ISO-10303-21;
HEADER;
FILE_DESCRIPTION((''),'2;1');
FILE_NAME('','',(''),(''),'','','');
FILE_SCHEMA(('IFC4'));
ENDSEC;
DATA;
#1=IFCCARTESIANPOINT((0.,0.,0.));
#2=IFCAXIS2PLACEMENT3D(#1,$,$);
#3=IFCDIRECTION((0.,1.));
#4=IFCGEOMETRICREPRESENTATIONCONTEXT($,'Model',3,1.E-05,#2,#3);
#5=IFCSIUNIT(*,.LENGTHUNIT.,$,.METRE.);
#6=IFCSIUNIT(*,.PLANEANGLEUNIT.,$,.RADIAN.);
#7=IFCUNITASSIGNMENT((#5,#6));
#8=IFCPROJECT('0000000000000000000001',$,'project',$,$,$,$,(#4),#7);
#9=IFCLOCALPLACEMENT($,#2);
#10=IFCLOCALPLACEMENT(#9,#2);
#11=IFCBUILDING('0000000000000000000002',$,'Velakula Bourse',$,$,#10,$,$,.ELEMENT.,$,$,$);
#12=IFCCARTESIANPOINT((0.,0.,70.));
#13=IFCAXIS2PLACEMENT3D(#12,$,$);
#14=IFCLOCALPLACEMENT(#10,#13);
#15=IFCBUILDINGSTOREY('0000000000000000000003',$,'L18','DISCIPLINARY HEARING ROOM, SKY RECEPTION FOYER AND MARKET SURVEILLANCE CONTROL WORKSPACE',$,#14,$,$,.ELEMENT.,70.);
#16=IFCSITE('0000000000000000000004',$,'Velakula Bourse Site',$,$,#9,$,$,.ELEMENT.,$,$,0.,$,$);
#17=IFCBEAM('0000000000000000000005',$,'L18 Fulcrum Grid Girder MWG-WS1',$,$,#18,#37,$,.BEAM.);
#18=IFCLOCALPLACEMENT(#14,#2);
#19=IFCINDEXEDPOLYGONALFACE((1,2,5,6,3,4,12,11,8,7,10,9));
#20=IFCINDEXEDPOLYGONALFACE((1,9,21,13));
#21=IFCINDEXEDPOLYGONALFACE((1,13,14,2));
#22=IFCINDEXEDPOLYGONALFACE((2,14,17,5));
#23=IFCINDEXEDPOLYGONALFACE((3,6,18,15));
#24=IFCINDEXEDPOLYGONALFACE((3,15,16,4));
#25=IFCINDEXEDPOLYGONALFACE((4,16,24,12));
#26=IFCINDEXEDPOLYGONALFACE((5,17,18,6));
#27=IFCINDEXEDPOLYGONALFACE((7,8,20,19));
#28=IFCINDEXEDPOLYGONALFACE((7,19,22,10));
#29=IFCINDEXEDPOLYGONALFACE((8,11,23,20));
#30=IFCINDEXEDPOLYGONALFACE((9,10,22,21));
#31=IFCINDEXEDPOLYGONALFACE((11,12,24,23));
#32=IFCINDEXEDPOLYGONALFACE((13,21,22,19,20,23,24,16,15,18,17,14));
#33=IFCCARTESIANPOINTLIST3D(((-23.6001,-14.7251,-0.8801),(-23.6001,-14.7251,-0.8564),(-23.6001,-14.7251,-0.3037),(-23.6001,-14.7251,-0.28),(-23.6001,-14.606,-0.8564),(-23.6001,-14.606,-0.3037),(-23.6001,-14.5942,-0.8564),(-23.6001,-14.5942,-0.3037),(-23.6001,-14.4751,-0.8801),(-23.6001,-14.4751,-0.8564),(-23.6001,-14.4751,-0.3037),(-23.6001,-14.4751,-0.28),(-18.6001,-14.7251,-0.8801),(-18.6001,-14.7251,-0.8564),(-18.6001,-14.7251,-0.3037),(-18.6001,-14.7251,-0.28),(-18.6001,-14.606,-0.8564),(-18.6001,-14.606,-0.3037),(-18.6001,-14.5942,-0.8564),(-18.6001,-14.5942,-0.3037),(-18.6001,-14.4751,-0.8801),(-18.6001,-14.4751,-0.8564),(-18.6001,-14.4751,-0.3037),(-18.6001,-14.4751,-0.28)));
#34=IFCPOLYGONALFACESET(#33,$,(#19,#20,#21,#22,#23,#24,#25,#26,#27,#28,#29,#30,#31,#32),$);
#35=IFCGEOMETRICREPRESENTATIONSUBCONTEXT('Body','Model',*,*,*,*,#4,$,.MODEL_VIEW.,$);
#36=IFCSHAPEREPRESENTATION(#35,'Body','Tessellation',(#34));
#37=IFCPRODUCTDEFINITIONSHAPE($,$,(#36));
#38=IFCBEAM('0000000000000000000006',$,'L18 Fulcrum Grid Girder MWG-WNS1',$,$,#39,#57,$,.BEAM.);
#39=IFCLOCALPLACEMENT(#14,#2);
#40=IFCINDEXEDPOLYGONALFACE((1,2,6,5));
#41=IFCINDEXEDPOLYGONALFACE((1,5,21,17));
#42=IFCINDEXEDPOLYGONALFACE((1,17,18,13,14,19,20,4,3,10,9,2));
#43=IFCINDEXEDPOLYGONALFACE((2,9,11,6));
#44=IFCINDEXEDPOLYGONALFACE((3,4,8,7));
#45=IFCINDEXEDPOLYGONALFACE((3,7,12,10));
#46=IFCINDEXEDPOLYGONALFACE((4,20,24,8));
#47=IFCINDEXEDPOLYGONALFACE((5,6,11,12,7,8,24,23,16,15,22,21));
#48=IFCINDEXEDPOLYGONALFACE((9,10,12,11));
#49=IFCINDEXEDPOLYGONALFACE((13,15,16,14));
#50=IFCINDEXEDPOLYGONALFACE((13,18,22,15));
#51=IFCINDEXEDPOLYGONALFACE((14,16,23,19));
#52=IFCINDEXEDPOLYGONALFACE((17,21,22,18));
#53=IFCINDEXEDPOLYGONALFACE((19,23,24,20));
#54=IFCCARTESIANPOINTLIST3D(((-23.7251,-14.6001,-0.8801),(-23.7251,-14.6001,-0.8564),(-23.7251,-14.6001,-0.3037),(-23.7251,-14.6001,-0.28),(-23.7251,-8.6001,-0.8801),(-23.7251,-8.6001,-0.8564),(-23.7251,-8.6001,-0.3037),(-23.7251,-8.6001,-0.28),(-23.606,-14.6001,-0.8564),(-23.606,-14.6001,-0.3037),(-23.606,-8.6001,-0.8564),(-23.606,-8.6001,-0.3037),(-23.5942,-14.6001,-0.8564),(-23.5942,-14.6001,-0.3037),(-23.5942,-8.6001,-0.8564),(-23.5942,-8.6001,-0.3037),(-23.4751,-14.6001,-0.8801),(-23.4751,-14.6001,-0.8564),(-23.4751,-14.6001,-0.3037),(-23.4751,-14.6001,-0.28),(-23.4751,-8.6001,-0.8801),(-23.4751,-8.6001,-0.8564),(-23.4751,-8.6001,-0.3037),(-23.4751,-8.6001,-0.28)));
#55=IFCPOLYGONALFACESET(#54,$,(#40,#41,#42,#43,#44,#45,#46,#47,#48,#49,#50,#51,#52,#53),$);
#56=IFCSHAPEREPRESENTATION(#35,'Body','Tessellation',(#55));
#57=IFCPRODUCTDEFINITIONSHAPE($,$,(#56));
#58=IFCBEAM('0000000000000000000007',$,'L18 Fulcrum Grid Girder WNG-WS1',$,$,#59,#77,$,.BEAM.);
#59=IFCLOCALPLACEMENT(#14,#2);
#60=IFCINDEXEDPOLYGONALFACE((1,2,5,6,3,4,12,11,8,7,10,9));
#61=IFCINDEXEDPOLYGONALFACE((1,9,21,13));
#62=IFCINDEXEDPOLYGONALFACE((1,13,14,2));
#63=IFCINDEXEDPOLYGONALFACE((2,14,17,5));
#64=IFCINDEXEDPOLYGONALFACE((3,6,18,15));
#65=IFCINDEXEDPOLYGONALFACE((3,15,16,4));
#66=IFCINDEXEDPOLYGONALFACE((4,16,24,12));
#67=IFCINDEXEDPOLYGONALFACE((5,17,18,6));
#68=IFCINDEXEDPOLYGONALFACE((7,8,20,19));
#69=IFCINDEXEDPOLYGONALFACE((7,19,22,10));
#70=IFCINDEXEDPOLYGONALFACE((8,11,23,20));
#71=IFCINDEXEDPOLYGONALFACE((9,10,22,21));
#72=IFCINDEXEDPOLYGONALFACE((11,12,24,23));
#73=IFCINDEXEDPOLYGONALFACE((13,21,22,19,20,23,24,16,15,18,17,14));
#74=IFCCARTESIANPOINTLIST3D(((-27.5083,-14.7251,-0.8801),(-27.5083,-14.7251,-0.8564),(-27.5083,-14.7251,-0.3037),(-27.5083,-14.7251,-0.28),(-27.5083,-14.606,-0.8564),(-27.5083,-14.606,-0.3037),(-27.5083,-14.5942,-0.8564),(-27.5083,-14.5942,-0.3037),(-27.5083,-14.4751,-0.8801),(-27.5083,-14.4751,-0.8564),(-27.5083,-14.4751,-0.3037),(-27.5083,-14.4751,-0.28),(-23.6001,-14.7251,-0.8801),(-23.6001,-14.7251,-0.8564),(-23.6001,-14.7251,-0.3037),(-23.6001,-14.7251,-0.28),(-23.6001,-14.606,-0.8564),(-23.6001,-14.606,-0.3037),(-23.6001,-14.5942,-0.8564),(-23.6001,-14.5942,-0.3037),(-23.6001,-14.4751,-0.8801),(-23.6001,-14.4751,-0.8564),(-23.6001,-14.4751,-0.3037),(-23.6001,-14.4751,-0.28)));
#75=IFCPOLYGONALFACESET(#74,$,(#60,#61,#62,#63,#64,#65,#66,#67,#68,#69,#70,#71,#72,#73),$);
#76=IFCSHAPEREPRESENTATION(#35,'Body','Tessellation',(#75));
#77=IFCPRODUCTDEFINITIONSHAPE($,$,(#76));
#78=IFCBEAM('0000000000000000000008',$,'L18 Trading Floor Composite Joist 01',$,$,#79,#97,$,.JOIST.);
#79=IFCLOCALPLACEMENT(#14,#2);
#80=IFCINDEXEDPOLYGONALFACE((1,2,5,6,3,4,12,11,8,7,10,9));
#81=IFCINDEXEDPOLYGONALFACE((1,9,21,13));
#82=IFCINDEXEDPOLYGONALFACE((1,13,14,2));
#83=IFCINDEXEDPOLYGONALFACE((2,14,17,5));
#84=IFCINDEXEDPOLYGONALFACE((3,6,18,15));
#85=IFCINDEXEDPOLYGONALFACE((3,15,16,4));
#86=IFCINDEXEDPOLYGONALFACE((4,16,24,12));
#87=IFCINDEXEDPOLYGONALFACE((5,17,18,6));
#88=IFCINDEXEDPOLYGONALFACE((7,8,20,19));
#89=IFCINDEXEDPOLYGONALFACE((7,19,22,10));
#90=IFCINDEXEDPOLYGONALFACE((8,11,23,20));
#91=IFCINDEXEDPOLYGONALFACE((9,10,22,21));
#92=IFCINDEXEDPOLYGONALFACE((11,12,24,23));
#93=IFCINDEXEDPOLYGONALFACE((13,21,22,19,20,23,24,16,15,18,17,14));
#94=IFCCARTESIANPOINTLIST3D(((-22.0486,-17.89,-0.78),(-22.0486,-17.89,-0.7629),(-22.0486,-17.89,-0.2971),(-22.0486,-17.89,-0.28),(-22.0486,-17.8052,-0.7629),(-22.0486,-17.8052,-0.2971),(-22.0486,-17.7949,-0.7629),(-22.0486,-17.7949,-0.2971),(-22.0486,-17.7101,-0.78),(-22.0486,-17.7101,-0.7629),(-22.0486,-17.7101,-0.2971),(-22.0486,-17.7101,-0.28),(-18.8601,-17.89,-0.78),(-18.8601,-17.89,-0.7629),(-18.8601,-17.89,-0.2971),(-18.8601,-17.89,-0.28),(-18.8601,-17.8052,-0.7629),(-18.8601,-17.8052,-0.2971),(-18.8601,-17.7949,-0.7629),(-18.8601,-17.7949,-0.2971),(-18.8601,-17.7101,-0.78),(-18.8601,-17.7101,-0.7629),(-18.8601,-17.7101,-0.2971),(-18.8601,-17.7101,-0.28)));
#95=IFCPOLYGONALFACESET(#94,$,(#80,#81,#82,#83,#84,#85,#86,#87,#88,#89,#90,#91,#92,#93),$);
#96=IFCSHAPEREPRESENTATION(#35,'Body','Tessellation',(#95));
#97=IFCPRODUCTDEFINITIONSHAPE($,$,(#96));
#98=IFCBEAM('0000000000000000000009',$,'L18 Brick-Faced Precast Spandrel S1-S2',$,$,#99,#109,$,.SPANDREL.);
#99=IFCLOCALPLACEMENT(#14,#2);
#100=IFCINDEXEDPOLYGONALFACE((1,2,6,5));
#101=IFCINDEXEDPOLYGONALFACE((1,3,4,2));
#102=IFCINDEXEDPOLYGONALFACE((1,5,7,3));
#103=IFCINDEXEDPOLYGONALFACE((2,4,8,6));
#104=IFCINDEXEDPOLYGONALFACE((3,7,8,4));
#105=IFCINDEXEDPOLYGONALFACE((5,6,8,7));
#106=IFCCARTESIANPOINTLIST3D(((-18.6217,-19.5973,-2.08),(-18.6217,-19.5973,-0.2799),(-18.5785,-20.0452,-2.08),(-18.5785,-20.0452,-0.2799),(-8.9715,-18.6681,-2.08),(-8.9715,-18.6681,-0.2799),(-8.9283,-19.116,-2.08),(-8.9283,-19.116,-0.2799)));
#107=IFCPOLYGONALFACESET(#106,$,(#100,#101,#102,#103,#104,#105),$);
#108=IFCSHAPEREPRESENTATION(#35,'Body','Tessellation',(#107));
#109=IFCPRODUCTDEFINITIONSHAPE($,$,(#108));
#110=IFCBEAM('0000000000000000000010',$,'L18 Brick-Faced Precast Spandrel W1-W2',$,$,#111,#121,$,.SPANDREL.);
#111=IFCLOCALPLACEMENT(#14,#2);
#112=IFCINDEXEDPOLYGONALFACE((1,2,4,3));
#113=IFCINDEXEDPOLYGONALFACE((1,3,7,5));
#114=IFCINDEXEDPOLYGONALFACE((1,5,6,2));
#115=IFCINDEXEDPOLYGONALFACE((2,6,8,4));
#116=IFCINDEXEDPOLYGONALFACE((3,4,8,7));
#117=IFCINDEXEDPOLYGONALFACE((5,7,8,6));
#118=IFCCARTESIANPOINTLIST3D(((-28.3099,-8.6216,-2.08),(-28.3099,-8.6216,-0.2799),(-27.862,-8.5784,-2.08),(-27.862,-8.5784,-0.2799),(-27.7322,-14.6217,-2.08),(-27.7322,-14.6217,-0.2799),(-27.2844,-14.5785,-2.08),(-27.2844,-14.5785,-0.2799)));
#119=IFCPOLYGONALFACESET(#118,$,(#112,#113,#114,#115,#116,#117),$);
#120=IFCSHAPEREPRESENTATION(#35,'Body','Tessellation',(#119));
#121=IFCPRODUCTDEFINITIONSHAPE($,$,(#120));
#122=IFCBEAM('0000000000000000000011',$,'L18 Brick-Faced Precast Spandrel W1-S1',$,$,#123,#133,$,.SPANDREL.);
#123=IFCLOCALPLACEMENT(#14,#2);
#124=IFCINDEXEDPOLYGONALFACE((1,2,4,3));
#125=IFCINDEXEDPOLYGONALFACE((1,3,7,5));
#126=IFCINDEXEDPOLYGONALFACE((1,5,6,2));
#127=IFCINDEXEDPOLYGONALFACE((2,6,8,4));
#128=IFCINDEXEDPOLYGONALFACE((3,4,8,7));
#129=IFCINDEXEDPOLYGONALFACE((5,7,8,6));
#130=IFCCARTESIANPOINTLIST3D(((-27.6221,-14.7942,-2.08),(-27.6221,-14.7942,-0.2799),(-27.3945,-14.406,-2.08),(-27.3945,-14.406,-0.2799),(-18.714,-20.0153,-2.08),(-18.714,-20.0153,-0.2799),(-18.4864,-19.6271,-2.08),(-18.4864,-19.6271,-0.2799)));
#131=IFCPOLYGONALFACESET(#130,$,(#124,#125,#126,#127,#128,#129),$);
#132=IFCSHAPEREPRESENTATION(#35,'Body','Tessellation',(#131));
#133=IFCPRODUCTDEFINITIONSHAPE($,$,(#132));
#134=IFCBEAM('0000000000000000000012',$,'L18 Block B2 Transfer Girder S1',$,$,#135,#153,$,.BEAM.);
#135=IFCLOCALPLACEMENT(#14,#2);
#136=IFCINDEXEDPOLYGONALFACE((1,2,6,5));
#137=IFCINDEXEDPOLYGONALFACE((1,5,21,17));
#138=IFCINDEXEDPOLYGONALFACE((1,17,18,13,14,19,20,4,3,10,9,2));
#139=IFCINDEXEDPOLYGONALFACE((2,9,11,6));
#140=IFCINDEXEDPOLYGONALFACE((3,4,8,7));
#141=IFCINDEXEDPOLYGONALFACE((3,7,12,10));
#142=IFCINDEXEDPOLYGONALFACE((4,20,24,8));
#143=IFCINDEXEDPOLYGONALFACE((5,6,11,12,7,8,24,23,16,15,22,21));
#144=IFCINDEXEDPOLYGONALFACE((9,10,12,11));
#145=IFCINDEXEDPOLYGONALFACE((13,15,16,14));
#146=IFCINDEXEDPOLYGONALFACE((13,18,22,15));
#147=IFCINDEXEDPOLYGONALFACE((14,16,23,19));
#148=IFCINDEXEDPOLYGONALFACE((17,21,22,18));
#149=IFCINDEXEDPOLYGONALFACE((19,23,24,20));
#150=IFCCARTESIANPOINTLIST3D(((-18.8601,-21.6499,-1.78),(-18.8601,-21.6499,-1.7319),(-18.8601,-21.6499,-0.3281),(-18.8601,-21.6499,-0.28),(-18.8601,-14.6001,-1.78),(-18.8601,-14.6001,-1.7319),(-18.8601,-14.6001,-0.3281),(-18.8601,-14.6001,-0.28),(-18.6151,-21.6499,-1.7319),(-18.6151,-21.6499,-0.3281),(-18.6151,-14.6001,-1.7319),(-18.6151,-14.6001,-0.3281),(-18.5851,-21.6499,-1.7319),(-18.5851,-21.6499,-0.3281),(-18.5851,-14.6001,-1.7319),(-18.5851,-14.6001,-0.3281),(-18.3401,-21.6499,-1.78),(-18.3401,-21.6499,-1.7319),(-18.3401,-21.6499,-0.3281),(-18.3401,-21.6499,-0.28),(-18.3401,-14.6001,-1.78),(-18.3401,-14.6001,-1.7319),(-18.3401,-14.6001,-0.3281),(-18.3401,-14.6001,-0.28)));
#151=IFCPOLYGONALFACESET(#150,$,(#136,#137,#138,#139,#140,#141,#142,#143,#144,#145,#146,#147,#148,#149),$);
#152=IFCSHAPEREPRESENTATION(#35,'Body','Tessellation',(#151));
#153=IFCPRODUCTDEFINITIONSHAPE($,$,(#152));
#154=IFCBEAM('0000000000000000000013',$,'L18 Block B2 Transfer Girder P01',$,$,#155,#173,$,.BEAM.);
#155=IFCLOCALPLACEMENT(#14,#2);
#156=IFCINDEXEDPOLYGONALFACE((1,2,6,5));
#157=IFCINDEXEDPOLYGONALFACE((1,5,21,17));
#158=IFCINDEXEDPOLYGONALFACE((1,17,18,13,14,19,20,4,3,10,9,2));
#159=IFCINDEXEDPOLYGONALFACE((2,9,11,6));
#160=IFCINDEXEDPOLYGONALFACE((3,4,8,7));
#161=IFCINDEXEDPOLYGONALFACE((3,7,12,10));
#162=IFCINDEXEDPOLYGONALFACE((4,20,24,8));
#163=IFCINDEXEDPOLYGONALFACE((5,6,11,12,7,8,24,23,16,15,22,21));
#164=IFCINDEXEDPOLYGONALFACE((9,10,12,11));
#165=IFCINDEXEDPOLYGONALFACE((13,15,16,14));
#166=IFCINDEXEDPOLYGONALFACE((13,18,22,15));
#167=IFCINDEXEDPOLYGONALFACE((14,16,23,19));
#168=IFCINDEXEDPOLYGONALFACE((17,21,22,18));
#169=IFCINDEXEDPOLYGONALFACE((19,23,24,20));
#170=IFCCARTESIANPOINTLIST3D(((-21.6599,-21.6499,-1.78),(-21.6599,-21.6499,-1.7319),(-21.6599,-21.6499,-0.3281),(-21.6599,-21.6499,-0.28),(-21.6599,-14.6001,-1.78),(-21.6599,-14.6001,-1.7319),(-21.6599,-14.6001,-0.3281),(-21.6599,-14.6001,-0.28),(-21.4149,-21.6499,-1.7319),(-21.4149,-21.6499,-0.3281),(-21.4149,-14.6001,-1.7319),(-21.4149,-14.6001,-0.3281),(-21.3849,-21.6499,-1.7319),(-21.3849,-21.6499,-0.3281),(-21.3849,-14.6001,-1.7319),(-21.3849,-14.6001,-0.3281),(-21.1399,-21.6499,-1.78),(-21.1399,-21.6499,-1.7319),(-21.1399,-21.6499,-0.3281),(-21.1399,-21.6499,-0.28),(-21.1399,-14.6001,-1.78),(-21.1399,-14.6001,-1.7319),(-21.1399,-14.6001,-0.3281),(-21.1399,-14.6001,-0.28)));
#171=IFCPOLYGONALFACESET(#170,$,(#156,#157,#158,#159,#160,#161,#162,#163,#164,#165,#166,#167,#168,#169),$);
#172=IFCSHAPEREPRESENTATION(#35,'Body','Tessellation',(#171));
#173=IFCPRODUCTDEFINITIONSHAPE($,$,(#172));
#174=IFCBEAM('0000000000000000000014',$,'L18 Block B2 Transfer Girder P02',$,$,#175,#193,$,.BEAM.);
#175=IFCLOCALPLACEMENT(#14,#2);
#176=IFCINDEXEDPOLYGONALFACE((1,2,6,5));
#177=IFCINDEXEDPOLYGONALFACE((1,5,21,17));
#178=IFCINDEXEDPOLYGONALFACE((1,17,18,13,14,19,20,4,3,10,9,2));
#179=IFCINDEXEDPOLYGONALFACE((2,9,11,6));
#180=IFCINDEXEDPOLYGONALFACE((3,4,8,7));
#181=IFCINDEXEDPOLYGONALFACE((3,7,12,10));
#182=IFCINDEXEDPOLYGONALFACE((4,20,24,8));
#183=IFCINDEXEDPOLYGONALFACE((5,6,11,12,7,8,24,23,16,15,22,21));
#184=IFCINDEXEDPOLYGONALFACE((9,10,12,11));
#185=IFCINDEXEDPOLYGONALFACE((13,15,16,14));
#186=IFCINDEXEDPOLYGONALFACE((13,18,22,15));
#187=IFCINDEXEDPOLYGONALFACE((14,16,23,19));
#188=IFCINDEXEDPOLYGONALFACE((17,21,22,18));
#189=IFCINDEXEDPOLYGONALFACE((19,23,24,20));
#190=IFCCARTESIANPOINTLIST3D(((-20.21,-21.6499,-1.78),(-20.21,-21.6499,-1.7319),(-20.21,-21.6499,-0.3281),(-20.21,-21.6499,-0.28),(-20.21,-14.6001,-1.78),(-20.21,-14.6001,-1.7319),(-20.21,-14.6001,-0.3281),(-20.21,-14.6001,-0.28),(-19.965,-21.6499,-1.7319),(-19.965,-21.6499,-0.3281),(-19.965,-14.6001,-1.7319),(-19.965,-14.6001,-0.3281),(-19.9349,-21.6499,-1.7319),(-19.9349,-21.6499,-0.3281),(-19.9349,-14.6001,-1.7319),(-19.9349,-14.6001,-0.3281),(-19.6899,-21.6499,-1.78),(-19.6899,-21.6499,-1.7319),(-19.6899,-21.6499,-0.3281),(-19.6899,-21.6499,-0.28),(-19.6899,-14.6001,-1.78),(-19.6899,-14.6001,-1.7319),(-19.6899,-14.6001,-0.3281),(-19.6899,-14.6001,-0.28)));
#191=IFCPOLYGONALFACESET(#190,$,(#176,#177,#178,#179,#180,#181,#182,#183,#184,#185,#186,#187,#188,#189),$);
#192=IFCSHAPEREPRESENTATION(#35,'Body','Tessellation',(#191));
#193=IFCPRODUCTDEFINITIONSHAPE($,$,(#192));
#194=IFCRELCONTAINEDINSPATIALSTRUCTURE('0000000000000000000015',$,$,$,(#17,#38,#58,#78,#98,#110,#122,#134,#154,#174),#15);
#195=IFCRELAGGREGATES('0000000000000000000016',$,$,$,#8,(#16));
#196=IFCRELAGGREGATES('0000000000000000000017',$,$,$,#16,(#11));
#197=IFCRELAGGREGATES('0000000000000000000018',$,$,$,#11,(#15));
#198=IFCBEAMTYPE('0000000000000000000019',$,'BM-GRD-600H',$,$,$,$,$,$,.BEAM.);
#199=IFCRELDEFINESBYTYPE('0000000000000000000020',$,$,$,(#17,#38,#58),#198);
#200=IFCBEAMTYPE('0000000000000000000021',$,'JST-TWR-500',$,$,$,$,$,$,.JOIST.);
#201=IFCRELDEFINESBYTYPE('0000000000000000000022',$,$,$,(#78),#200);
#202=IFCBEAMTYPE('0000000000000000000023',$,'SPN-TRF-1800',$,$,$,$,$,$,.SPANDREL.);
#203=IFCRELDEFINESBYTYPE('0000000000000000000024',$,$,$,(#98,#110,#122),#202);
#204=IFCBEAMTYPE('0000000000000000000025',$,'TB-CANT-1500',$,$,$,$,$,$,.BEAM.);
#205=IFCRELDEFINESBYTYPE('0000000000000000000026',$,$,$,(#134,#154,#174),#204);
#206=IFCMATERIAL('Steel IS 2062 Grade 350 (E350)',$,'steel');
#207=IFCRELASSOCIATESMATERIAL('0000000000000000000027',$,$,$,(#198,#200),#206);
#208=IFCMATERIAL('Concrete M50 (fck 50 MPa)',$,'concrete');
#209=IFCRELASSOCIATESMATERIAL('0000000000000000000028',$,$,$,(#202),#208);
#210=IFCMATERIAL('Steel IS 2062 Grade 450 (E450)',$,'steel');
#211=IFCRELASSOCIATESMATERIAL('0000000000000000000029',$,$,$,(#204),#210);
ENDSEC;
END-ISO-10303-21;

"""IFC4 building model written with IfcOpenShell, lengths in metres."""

from ifc_helpers import new_model, si_unit, direction, frame, origin, origin_2d, place, context, subcontext, project, spatial, rectangle, i_section, extrude, material, material_profile, profile_set, type_object, element, save


model = new_model("IFC4")

# Units and contexts
model_context = context("Model", 3, precision=1e-05, world=origin(), true_north=direction((0.0, 1.0)))
body_context = subcontext(model_context, "Body", "Model", "MODEL_VIEW")
ifc_project = project(units=[si_unit("LENGTHUNIT", "METRE"), si_unit("PLANEANGLEUNIT", "RADIAN")], contexts=[model_context])

# Site, building, storey
site_placement = place(None, origin())
site = spatial("IfcSite", under=ifc_project, at=site_placement, Name="Velakula Bourse Site", CompositionType="ELEMENT", RefElevation=0.0)
building_placement = place(site_placement, origin())
building = spatial("IfcBuilding", under=site, at=building_placement, Name="Velakula Bourse", CompositionType="ELEMENT")
storey_placement = place(building_placement, frame((0.0, 0.0, 70.0)))
storey = spatial("IfcBuildingStorey", under=building, at=storey_placement, Name="L18", Description="DISCIPLINARY HEARING ROOM, SKY RECEPTION FOYER AND MARKET SURVEILLANCE CONTROL WORKSPACE", CompositionType="ELEMENT", Elevation=70.0)

# Shared definitions
ifc_material_1 = material(Name="Steel IS 2062 Grade 450 (E450)", Category="steel")

# Beams
ifc_material_2 = material(Name="Steel IS 2062 Grade 350 (E350)", Category="steel")
ifc_material_profile_1 = material_profile(ifc_material_2, i_section(OverallWidth=0.25, OverallDepth=0.6001, WebThickness=0.0117, FlangeThickness=0.0237, at=origin_2d()), Name="Steel IS 2062 Grade 350 (E350)")
ifc_profile_set_1 = profile_set([ifc_material_profile_1], Name="Steel IS 2062 Grade 350 (E350)")
beam_type_1 = type_object("IfcBeamType", Name="BM-GRD-600H", PredefinedType="BEAM", material=ifc_profile_set_1)
beam_1_placement = place(storey_placement, frame((-23.6001, -14.6001, -0.5801), z_axis=(1.0, 0.0, 0.0), x_axis=(0.0, 1.0, 0.0)))
element("IfcBeam", 1, at=beam_1_placement, inside=storey, type_object=beam_type_1, Name="L18 Fulcrum Grid Girder MWG-WS1", PredefinedType="BEAM", context=body_context, shape_type="SweptSolid", body=[
    extrude(i_section(OverallWidth=0.25, OverallDepth=0.6001, WebThickness=0.0117, FlangeThickness=0.0237, at=origin_2d()), origin(), (0.0, 0.0, 1.0), 5.0),
])
beam_2_placement = place(storey_placement, frame((-23.6001, -14.6001, -0.5801), z_axis=(0.0, 1.0, 0.0), x_axis=(-1.0, 0.0, 0.0)))
element("IfcBeam", 2, at=beam_2_placement, inside=storey, type_object=beam_type_1, Name="L18 Fulcrum Grid Girder MWG-WNS1", PredefinedType="BEAM", context=body_context, shape_type="SweptSolid", body=[
    extrude(i_section(OverallWidth=0.25, OverallDepth=0.6001, WebThickness=0.0117, FlangeThickness=0.0237, at=origin_2d()), origin(), (0.0, 0.0, 1.0), 6.0),
])
beam_3_placement = place(storey_placement, frame((-27.5083, -14.6001, -0.5801), z_axis=(1.0, 0.0, 0.0), x_axis=(0.0, 1.0, 0.0)))
element("IfcBeam", 3, at=beam_3_placement, inside=storey, type_object=beam_type_1, Name="L18 Fulcrum Grid Girder WNG-WS1", PredefinedType="BEAM", context=body_context, shape_type="SweptSolid", body=[
    extrude(i_section(OverallWidth=0.25, OverallDepth=0.6001, WebThickness=0.0117, FlangeThickness=0.0237, at=origin_2d()), origin(), (0.0, 0.0, 1.0), 3.9082),
])
ifc_material_profile_2 = material_profile(ifc_material_2, i_section(OverallWidth=0.1799, OverallDepth=0.5, WebThickness=0.0103, FlangeThickness=0.0171, at=origin_2d()), Name="Steel IS 2062 Grade 350 (E350)")
ifc_profile_set_2 = profile_set([ifc_material_profile_2], Name="Steel IS 2062 Grade 350 (E350)")
beam_type_2 = type_object("IfcBeamType", Name="JST-TWR-500", PredefinedType="JOIST", material=ifc_profile_set_2)
beam_4_placement = place(storey_placement, frame((-22.0486, -17.8, -0.53), z_axis=(1.0, 0.0, 0.0), x_axis=(0.0, 1.0, 0.0)))
element("IfcBeam", 4, at=beam_4_placement, inside=storey, type_object=beam_type_2, Name="L18 Trading Floor Composite Joist 01", PredefinedType="JOIST", context=body_context, shape_type="SweptSolid", body=[
    extrude(i_section(OverallWidth=0.1799, OverallDepth=0.5, WebThickness=0.0103, FlangeThickness=0.0171, at=origin_2d()), origin(), (0.0, 0.0, 1.0), 3.1885),
])
ifc_material_3 = material(Name="Concrete M50 (fck 50 MPa)", Category="concrete")
ifc_material_profile_3 = material_profile(ifc_material_3, rectangle(XDim=0.45, YDim=1.8, at=origin_2d()), Name="Concrete M50 (fck 50 MPa)")
ifc_profile_set_3 = profile_set([ifc_material_profile_3], Name="Concrete M50 (fck 50 MPa)")
beam_type_3 = type_object("IfcBeamType", Name="SPN-TRF-1800", PredefinedType="SPANDREL", material=ifc_profile_set_3)
beam_5_placement = place(storey_placement, frame((-18.6001, -19.8213, -1.1799), z_axis=(0.995396, 0.095845, 0.0), x_axis=(-0.095845, 0.995396, 0.0)))
element("IfcBeam", 5, at=beam_5_placement, inside=storey, type_object=beam_type_3, Name="L18 Brick-Faced Precast Spandrel S1-S2", PredefinedType="SPANDREL", context=body_context, shape_type="SweptSolid", body=[
    extrude(rectangle(XDim=0.45, YDim=1.8, at=origin_2d()), origin(), (0.0, 0.0, 1.0), 9.6948),
])
beam_6_placement = place(storey_placement, frame((-27.5083, -14.6001, -1.1799), z_axis=(-0.09583, 0.995398, 0.0), x_axis=(-0.995398, -0.09583, 0.0)))
element("IfcBeam", 6, at=beam_6_placement, inside=storey, type_object=beam_type_3, Name="L18 Brick-Faced Precast Spandrel W1-W2", PredefinedType="SPANDREL", context=body_context, shape_type="SweptSolid", body=[
    extrude(rectangle(XDim=0.45, YDim=1.8, at=origin_2d()), origin(), (0.0, 0.0, 1.0), 6.0278),
])
beam_7_placement = place(storey_placement, frame((-27.5083, -14.6001, -1.1799), z_axis=(0.862734, -0.505658, 0.0), x_axis=(0.505658, 0.862734, 0.0)))
element("IfcBeam", 7, at=beam_7_placement, inside=storey, type_object=beam_type_3, Name="L18 Brick-Faced Precast Spandrel W1-S1", PredefinedType="SPANDREL", context=body_context, shape_type="SweptSolid", body=[
    extrude(rectangle(XDim=0.45, YDim=1.8, at=origin_2d()), origin(), (0.0, 0.0, 1.0), 10.3254),
])
ifc_material_profile_4 = material_profile(ifc_material_1, i_section(OverallWidth=0.52, OverallDepth=1.5, WebThickness=0.03, FlangeThickness=0.0481, at=origin_2d()), Name="Steel IS 2062 Grade 450 (E450)")
ifc_profile_set_4 = profile_set([ifc_material_profile_4], Name="Steel IS 2062 Grade 450 (E450)")
beam_type_4 = type_object("IfcBeamType", Name="TB-CANT-1500", PredefinedType="BEAM", material=ifc_profile_set_4)
for number, where, z_axis, x_axis, name in (
    (8, (-18.6001, -21.6499, -1.03), (0.0, 1.0, 0.0), (-1.0, 0.0, 0.0), "L18 Block B2 Transfer Girder S1"),
    (9, (-21.3999, -21.6499, -1.03), (0.0, 1.0, 0.0), (-1.0, 0.0, 0.0), "L18 Block B2 Transfer Girder P01"),
    (10, (-19.95, -21.6499, -1.03), (0.0, 1.0, 0.0), (-1.0, 0.0, 0.0), "L18 Block B2 Transfer Girder P02"),
):
    element("IfcBeam", number, at=place(storey_placement, frame(where, z_axis=z_axis, x_axis=x_axis)), inside=storey, type_object=beam_type_4, Name=name, PredefinedType="BEAM", context=body_context, shape_type="SweptSolid", body=[
        extrude(i_section(OverallWidth=0.52, OverallDepth=1.5, WebThickness=0.03, FlangeThickness=0.0481, at=origin_2d()), origin(), (0.0, 0.0, 1.0), 7.0498),
    ])

save(model, "model.ifc")
